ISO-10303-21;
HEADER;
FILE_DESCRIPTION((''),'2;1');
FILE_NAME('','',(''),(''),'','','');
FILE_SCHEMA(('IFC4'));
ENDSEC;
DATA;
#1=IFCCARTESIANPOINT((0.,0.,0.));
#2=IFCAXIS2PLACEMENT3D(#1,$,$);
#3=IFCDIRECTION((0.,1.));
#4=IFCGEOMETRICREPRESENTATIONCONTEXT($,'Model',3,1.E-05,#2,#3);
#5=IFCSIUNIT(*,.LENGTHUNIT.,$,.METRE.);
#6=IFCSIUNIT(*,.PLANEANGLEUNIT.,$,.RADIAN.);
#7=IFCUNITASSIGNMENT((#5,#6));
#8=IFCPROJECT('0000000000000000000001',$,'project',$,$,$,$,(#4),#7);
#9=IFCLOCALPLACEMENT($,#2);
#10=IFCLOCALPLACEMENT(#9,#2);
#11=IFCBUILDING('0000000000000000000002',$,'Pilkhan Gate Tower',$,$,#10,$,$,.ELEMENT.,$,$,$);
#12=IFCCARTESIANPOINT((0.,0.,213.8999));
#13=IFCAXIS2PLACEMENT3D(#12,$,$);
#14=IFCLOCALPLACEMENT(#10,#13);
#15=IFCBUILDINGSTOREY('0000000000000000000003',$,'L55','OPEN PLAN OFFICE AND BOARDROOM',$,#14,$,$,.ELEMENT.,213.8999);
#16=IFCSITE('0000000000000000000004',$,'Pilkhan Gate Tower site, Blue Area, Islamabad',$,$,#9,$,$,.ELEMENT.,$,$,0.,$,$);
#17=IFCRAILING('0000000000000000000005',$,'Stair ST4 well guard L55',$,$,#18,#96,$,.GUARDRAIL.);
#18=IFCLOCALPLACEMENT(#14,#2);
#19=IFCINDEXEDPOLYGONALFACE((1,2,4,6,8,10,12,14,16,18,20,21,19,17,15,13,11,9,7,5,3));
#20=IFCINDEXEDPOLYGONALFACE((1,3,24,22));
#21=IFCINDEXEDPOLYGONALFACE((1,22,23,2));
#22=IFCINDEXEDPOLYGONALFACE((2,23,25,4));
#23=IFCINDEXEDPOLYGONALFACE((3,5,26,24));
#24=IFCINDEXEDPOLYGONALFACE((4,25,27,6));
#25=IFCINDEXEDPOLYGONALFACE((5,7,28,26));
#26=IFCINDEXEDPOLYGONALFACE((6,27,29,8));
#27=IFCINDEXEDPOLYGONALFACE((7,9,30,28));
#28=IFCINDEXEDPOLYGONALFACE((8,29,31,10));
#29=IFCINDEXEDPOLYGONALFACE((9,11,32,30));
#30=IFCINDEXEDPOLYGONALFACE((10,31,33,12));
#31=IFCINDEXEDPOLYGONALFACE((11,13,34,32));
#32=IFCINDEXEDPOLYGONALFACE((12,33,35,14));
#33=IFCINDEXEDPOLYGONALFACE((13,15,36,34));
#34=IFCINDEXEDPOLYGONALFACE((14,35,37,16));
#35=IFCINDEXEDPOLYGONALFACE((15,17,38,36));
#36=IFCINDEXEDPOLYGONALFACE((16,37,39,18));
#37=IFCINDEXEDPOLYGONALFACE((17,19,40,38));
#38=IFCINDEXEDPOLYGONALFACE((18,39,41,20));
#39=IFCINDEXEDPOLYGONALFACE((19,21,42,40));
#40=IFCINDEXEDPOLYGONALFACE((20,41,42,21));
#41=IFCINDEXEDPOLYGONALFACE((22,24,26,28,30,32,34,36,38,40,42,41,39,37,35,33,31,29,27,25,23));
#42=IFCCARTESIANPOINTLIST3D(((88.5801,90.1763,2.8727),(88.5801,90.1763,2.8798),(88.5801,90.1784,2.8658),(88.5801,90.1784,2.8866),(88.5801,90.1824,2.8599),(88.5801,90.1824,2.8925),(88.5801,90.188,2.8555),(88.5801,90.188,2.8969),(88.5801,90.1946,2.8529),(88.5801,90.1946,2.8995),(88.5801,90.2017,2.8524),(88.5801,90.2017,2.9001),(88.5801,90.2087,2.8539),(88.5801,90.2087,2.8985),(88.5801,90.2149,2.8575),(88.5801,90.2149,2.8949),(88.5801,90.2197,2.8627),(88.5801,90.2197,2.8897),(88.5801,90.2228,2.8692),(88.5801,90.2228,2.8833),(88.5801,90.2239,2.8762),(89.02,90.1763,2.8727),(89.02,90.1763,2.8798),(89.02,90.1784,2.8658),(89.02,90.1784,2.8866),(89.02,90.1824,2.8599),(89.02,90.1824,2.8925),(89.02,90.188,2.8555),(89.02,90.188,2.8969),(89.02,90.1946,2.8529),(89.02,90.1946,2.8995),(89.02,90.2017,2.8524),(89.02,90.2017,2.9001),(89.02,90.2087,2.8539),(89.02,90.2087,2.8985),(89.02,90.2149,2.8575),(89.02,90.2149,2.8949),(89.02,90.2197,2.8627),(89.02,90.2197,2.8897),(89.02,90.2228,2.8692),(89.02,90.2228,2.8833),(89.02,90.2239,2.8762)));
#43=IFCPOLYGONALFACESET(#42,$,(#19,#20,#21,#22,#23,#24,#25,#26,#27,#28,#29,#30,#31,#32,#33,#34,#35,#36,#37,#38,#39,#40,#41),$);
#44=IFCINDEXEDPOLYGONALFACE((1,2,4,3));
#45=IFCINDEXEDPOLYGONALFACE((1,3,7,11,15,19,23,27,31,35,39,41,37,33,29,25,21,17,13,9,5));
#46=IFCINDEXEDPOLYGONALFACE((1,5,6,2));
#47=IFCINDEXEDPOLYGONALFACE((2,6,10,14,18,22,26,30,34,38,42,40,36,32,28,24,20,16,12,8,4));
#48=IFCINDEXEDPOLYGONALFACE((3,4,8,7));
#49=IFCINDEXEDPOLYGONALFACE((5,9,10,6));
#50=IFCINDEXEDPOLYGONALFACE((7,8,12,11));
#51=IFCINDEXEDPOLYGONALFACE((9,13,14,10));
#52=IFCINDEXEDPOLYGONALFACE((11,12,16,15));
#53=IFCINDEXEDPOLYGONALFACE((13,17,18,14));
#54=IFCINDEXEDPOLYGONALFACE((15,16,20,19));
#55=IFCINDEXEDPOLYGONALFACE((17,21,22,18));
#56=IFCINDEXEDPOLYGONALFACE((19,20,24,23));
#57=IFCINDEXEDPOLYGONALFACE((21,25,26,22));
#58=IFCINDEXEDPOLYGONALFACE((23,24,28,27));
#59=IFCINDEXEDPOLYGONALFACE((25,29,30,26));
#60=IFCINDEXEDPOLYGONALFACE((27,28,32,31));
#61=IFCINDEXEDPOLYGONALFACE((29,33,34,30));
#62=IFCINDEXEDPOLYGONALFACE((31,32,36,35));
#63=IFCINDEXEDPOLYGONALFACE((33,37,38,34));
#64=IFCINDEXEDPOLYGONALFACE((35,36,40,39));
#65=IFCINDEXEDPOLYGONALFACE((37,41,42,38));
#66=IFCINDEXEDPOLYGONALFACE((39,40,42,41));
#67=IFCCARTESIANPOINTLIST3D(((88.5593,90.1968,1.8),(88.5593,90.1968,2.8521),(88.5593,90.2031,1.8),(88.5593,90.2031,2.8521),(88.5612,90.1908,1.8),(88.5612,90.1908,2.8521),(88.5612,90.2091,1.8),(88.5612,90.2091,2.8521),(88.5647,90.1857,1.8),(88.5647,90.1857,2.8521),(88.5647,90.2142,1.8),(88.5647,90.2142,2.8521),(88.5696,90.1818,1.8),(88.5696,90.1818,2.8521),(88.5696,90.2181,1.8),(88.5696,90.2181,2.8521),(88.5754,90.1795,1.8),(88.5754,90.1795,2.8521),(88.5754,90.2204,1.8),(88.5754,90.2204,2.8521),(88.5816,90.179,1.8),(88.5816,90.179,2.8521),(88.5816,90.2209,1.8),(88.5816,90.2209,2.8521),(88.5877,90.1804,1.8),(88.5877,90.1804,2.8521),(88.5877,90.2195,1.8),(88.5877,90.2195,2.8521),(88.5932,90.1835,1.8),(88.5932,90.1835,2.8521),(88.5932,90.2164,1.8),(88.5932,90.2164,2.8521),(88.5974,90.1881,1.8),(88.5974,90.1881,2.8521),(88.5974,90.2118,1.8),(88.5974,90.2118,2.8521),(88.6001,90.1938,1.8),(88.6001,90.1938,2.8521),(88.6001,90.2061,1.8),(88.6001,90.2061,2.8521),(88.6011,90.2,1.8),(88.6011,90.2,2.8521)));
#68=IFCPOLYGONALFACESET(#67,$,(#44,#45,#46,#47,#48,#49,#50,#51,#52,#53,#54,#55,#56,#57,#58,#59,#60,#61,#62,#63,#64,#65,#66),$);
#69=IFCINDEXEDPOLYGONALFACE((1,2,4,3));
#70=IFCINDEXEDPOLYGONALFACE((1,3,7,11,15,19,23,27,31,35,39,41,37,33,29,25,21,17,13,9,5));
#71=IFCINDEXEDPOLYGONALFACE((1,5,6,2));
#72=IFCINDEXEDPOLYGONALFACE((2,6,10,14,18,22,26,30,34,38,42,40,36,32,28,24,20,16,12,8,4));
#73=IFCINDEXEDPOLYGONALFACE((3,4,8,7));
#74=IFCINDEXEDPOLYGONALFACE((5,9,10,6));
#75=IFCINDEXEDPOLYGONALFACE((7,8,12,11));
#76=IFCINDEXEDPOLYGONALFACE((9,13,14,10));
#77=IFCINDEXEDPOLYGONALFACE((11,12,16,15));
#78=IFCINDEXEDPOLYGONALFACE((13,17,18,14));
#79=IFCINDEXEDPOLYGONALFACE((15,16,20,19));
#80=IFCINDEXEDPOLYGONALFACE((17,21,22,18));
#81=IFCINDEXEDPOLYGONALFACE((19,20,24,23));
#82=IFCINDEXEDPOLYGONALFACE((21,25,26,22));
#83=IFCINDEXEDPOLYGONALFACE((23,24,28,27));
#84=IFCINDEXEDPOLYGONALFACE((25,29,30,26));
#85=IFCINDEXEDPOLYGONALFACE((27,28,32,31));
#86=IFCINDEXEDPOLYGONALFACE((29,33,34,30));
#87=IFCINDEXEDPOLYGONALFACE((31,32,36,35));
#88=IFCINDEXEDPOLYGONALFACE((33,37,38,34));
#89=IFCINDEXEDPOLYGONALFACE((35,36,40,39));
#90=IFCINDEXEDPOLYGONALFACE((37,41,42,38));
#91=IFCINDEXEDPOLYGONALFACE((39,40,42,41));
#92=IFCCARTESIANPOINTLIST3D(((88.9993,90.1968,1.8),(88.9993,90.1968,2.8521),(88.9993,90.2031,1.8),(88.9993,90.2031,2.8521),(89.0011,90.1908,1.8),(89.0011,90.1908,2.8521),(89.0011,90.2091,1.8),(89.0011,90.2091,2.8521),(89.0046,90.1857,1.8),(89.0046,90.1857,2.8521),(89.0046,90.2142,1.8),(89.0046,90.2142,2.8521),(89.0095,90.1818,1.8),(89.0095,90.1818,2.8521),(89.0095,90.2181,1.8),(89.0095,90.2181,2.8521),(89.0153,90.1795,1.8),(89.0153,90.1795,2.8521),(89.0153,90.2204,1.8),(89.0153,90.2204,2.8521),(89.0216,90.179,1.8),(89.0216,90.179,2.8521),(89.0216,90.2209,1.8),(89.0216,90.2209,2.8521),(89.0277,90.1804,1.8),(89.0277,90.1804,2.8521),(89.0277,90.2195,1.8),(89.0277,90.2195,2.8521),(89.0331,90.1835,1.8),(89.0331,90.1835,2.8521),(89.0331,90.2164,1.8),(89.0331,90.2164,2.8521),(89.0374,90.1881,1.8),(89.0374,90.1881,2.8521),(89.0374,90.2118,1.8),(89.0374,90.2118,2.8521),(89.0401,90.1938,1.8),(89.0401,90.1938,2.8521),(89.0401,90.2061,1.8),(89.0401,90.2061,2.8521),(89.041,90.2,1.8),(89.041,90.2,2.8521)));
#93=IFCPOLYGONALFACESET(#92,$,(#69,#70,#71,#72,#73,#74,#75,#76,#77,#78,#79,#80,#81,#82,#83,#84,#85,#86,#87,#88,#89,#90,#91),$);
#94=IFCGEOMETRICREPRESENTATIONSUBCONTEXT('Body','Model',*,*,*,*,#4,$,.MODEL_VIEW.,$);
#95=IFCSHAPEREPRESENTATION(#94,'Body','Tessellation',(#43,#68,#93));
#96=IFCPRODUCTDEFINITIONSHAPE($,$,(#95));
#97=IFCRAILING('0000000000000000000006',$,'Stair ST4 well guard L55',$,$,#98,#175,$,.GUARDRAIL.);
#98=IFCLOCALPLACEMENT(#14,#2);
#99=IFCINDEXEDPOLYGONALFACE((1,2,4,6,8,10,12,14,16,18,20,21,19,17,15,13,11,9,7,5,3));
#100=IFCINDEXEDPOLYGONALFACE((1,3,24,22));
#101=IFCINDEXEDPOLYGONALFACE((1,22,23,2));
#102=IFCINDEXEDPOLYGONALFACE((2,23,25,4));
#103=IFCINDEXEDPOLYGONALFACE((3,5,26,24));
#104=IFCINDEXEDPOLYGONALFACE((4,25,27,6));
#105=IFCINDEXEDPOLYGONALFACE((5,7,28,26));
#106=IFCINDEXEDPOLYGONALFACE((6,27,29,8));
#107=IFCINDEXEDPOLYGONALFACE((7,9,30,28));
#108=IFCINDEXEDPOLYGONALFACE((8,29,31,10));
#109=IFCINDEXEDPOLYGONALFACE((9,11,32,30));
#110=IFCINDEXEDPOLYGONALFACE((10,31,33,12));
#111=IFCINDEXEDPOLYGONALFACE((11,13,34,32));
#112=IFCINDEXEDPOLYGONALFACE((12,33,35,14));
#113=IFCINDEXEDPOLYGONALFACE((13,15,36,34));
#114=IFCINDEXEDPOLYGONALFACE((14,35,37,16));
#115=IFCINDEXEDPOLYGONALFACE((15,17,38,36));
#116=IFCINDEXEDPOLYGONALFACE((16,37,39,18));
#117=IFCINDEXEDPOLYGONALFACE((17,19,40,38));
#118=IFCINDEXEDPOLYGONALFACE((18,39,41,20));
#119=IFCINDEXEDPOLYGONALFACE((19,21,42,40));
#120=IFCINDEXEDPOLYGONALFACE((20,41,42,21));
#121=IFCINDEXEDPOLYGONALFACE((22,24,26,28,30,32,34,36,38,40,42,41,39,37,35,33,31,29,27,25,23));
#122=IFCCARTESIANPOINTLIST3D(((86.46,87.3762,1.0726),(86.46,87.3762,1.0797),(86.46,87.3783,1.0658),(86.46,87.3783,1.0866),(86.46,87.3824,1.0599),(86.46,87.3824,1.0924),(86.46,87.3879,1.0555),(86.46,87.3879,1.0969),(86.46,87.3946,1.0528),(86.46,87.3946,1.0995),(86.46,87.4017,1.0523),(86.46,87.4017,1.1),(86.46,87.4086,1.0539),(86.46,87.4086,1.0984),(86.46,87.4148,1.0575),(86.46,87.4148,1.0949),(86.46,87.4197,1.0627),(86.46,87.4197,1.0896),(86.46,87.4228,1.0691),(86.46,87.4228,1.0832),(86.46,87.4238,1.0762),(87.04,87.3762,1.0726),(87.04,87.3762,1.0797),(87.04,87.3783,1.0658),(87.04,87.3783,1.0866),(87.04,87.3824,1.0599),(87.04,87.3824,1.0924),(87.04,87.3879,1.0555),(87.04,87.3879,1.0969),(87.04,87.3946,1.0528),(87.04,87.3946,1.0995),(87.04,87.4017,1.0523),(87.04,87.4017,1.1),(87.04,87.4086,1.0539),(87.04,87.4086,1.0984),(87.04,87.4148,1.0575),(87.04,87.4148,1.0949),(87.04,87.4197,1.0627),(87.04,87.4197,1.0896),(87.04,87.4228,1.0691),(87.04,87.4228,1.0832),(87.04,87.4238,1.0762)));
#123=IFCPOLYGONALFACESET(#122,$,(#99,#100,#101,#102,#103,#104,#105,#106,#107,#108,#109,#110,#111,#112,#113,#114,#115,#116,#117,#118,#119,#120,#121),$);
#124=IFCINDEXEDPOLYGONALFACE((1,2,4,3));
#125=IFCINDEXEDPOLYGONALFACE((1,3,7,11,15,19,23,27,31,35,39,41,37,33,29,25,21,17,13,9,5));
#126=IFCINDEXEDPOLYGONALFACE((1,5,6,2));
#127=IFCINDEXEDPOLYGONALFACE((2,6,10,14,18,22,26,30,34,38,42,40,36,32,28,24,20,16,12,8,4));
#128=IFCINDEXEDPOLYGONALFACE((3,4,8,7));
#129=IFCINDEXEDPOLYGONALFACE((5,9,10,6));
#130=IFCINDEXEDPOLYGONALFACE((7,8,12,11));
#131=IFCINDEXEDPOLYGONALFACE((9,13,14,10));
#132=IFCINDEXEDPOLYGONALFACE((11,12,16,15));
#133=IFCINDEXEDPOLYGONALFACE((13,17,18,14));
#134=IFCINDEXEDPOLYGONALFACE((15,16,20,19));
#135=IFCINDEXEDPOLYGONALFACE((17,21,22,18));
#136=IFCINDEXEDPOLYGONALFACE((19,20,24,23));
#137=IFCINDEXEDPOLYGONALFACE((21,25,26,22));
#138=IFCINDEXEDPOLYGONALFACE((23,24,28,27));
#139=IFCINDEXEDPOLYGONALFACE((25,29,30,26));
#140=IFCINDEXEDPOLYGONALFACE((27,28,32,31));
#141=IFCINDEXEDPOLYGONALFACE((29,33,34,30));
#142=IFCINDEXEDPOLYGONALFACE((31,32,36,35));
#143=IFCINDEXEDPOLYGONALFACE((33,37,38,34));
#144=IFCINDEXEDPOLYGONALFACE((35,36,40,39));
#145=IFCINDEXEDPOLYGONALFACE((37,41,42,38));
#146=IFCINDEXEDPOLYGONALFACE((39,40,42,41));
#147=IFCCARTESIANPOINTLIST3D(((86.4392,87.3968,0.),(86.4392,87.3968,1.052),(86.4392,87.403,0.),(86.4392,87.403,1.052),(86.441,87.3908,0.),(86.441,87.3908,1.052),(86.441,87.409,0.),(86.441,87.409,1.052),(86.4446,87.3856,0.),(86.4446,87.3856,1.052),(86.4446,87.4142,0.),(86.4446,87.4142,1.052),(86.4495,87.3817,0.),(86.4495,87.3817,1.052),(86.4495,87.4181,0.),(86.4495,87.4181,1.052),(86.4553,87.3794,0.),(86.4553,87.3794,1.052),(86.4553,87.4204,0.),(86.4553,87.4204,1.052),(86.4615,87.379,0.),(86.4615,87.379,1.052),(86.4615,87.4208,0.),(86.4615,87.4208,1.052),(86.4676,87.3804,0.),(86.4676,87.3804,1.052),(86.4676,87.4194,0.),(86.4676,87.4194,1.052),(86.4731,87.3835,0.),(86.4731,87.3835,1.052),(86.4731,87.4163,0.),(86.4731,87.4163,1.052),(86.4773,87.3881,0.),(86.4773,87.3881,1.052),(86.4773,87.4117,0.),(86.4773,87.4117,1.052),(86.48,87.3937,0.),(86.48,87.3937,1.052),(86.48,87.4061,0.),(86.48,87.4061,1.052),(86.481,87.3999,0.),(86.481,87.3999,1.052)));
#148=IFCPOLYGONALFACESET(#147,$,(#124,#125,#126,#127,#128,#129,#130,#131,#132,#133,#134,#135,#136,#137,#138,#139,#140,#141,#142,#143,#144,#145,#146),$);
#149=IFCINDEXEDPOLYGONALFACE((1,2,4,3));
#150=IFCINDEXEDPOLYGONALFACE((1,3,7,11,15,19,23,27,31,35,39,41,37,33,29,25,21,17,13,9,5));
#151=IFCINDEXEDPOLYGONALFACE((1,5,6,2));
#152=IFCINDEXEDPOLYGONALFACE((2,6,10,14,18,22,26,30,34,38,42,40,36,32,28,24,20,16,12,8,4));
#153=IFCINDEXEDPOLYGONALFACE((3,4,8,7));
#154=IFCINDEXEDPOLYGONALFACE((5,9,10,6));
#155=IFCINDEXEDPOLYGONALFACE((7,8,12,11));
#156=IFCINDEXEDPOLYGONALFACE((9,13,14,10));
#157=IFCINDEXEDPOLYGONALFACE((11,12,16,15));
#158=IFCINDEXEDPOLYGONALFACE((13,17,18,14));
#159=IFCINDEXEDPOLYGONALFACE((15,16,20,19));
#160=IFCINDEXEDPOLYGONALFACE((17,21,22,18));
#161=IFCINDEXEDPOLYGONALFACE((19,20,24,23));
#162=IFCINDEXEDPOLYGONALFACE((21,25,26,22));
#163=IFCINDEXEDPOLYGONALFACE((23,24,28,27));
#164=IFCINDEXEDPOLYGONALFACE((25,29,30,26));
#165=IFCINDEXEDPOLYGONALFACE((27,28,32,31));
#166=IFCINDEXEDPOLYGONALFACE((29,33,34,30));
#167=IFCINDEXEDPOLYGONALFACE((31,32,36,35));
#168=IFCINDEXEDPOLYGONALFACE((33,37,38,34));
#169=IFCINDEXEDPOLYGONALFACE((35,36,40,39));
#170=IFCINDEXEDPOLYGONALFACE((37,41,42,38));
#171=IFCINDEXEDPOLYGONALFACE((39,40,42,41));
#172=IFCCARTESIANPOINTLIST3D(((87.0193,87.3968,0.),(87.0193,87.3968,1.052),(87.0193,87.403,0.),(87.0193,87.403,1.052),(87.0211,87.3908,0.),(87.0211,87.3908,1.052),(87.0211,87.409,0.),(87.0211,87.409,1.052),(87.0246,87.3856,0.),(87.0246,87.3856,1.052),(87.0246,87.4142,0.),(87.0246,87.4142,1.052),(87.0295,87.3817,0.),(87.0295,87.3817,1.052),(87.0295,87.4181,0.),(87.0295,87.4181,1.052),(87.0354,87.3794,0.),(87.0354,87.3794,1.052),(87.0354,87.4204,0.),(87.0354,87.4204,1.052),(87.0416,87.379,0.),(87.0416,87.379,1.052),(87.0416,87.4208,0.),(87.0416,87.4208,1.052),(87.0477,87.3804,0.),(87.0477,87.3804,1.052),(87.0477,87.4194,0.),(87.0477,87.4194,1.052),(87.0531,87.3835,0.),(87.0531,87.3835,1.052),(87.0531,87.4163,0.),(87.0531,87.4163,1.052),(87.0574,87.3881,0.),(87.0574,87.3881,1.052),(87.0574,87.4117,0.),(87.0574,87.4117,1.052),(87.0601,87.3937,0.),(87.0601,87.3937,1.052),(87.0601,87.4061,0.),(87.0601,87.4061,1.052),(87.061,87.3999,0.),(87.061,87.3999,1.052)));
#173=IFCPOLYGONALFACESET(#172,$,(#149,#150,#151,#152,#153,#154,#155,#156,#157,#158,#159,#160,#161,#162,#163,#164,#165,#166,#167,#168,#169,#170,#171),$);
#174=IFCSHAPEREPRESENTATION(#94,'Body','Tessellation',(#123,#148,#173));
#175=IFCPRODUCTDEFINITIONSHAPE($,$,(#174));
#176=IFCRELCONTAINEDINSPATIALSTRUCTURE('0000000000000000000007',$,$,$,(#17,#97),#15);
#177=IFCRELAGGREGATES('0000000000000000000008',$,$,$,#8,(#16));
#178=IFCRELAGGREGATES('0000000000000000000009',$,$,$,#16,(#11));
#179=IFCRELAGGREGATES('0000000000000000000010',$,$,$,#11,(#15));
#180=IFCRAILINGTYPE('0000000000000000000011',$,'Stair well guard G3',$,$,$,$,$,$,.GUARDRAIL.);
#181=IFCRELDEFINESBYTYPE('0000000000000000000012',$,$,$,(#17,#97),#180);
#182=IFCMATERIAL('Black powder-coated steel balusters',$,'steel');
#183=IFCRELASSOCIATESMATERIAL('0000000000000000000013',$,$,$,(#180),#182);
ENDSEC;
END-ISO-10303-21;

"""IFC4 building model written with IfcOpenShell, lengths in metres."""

from ifc_helpers import new_model, si_unit, direction, frame, origin, origin_2d, place, context, subcontext, project, spatial, circle, extrude, material, type_object, element, save


model = new_model("IFC4")

# Units and contexts
model_context = context("Model", 3, precision=1e-05, world=origin(), true_north=direction((0.0, 1.0)))
body_context = subcontext(model_context, "Body", "Model", "MODEL_VIEW")
ifc_project = project(units=[si_unit("LENGTHUNIT", "METRE"), si_unit("PLANEANGLEUNIT", "RADIAN")], contexts=[model_context])

# Site, building, storey
site_placement = place(None, origin())
site = spatial("IfcSite", under=ifc_project, at=site_placement, Name="Pilkhan Gate Tower site, Blue Area, Islamabad", CompositionType="ELEMENT", RefElevation=0.0)
building_placement = place(site_placement, origin())
building = spatial("IfcBuilding", under=site, at=building_placement, Name="Pilkhan Gate Tower", CompositionType="ELEMENT")
storey_placement = place(building_placement, frame((0.0, 0.0, 213.8999)))
storey = spatial("IfcBuildingStorey", under=building, at=storey_placement, Name="L55", Description="OPEN PLAN OFFICE AND BOARDROOM", CompositionType="ELEMENT", Elevation=213.8999)

# Railings
ifc_material_1 = material(Name="Black powder-coated steel balusters", Category="steel")
railing_type_1 = type_object("IfcRailingType", Name="Stair well guard G3", PredefinedType="GUARDRAIL", material=ifc_material_1)
railing_1_placement = place(storey_placement, frame((88.5801, 90.2, 1.8)))
element("IfcRailing", 1, at=railing_1_placement, inside=storey, type_object=railing_type_1, Name="Stair ST4 well guard L55", PredefinedType="GUARDRAIL", context=body_context, shape_type="SweptSolid", body=[
    extrude(circle(Radius=0.0239, at=origin_2d()), frame((0.0, 0.0, 1.0762), z_axis=(1.0, 0.0, 0.0), x_axis=(0.0, 1.0, 0.0)), (0.0, 0.0, 1.0), 0.4399),
    extrude(circle(Radius=0.021, at=origin_2d()), origin(), (0.0, 0.0, 1.0), 1.052),
    extrude(circle(Radius=0.021, at=origin_2d()), frame((0.4399, 0.0, 0.0)), (0.0, 0.0, 1.0), 1.052),
])
for number, where, name in (
    (2, (86.46, 87.3999, 0.0), "Stair ST4 well guard L55"),
):
    element("IfcRailing", number, at=place(storey_placement, frame(where)), inside=storey, type_object=railing_type_1, Name=name, PredefinedType="GUARDRAIL", context=body_context, shape_type="SweptSolid", body=[
        extrude(circle(Radius=0.0239, at=origin_2d()), frame((0.0, 0.0, 1.0762), z_axis=(1.0, 0.0, 0.0), x_axis=(0.0, 1.0, 0.0)), (0.0, 0.0, 1.0), 0.5801),
        extrude(circle(Radius=0.021, at=origin_2d()), origin(), (0.0, 0.0, 1.0), 1.052),
        extrude(circle(Radius=0.021, at=origin_2d()), frame((0.5801, 0.0, 0.0)), (0.0, 0.0, 1.0), 1.052),
    ])

save(model, "model.ifc")
